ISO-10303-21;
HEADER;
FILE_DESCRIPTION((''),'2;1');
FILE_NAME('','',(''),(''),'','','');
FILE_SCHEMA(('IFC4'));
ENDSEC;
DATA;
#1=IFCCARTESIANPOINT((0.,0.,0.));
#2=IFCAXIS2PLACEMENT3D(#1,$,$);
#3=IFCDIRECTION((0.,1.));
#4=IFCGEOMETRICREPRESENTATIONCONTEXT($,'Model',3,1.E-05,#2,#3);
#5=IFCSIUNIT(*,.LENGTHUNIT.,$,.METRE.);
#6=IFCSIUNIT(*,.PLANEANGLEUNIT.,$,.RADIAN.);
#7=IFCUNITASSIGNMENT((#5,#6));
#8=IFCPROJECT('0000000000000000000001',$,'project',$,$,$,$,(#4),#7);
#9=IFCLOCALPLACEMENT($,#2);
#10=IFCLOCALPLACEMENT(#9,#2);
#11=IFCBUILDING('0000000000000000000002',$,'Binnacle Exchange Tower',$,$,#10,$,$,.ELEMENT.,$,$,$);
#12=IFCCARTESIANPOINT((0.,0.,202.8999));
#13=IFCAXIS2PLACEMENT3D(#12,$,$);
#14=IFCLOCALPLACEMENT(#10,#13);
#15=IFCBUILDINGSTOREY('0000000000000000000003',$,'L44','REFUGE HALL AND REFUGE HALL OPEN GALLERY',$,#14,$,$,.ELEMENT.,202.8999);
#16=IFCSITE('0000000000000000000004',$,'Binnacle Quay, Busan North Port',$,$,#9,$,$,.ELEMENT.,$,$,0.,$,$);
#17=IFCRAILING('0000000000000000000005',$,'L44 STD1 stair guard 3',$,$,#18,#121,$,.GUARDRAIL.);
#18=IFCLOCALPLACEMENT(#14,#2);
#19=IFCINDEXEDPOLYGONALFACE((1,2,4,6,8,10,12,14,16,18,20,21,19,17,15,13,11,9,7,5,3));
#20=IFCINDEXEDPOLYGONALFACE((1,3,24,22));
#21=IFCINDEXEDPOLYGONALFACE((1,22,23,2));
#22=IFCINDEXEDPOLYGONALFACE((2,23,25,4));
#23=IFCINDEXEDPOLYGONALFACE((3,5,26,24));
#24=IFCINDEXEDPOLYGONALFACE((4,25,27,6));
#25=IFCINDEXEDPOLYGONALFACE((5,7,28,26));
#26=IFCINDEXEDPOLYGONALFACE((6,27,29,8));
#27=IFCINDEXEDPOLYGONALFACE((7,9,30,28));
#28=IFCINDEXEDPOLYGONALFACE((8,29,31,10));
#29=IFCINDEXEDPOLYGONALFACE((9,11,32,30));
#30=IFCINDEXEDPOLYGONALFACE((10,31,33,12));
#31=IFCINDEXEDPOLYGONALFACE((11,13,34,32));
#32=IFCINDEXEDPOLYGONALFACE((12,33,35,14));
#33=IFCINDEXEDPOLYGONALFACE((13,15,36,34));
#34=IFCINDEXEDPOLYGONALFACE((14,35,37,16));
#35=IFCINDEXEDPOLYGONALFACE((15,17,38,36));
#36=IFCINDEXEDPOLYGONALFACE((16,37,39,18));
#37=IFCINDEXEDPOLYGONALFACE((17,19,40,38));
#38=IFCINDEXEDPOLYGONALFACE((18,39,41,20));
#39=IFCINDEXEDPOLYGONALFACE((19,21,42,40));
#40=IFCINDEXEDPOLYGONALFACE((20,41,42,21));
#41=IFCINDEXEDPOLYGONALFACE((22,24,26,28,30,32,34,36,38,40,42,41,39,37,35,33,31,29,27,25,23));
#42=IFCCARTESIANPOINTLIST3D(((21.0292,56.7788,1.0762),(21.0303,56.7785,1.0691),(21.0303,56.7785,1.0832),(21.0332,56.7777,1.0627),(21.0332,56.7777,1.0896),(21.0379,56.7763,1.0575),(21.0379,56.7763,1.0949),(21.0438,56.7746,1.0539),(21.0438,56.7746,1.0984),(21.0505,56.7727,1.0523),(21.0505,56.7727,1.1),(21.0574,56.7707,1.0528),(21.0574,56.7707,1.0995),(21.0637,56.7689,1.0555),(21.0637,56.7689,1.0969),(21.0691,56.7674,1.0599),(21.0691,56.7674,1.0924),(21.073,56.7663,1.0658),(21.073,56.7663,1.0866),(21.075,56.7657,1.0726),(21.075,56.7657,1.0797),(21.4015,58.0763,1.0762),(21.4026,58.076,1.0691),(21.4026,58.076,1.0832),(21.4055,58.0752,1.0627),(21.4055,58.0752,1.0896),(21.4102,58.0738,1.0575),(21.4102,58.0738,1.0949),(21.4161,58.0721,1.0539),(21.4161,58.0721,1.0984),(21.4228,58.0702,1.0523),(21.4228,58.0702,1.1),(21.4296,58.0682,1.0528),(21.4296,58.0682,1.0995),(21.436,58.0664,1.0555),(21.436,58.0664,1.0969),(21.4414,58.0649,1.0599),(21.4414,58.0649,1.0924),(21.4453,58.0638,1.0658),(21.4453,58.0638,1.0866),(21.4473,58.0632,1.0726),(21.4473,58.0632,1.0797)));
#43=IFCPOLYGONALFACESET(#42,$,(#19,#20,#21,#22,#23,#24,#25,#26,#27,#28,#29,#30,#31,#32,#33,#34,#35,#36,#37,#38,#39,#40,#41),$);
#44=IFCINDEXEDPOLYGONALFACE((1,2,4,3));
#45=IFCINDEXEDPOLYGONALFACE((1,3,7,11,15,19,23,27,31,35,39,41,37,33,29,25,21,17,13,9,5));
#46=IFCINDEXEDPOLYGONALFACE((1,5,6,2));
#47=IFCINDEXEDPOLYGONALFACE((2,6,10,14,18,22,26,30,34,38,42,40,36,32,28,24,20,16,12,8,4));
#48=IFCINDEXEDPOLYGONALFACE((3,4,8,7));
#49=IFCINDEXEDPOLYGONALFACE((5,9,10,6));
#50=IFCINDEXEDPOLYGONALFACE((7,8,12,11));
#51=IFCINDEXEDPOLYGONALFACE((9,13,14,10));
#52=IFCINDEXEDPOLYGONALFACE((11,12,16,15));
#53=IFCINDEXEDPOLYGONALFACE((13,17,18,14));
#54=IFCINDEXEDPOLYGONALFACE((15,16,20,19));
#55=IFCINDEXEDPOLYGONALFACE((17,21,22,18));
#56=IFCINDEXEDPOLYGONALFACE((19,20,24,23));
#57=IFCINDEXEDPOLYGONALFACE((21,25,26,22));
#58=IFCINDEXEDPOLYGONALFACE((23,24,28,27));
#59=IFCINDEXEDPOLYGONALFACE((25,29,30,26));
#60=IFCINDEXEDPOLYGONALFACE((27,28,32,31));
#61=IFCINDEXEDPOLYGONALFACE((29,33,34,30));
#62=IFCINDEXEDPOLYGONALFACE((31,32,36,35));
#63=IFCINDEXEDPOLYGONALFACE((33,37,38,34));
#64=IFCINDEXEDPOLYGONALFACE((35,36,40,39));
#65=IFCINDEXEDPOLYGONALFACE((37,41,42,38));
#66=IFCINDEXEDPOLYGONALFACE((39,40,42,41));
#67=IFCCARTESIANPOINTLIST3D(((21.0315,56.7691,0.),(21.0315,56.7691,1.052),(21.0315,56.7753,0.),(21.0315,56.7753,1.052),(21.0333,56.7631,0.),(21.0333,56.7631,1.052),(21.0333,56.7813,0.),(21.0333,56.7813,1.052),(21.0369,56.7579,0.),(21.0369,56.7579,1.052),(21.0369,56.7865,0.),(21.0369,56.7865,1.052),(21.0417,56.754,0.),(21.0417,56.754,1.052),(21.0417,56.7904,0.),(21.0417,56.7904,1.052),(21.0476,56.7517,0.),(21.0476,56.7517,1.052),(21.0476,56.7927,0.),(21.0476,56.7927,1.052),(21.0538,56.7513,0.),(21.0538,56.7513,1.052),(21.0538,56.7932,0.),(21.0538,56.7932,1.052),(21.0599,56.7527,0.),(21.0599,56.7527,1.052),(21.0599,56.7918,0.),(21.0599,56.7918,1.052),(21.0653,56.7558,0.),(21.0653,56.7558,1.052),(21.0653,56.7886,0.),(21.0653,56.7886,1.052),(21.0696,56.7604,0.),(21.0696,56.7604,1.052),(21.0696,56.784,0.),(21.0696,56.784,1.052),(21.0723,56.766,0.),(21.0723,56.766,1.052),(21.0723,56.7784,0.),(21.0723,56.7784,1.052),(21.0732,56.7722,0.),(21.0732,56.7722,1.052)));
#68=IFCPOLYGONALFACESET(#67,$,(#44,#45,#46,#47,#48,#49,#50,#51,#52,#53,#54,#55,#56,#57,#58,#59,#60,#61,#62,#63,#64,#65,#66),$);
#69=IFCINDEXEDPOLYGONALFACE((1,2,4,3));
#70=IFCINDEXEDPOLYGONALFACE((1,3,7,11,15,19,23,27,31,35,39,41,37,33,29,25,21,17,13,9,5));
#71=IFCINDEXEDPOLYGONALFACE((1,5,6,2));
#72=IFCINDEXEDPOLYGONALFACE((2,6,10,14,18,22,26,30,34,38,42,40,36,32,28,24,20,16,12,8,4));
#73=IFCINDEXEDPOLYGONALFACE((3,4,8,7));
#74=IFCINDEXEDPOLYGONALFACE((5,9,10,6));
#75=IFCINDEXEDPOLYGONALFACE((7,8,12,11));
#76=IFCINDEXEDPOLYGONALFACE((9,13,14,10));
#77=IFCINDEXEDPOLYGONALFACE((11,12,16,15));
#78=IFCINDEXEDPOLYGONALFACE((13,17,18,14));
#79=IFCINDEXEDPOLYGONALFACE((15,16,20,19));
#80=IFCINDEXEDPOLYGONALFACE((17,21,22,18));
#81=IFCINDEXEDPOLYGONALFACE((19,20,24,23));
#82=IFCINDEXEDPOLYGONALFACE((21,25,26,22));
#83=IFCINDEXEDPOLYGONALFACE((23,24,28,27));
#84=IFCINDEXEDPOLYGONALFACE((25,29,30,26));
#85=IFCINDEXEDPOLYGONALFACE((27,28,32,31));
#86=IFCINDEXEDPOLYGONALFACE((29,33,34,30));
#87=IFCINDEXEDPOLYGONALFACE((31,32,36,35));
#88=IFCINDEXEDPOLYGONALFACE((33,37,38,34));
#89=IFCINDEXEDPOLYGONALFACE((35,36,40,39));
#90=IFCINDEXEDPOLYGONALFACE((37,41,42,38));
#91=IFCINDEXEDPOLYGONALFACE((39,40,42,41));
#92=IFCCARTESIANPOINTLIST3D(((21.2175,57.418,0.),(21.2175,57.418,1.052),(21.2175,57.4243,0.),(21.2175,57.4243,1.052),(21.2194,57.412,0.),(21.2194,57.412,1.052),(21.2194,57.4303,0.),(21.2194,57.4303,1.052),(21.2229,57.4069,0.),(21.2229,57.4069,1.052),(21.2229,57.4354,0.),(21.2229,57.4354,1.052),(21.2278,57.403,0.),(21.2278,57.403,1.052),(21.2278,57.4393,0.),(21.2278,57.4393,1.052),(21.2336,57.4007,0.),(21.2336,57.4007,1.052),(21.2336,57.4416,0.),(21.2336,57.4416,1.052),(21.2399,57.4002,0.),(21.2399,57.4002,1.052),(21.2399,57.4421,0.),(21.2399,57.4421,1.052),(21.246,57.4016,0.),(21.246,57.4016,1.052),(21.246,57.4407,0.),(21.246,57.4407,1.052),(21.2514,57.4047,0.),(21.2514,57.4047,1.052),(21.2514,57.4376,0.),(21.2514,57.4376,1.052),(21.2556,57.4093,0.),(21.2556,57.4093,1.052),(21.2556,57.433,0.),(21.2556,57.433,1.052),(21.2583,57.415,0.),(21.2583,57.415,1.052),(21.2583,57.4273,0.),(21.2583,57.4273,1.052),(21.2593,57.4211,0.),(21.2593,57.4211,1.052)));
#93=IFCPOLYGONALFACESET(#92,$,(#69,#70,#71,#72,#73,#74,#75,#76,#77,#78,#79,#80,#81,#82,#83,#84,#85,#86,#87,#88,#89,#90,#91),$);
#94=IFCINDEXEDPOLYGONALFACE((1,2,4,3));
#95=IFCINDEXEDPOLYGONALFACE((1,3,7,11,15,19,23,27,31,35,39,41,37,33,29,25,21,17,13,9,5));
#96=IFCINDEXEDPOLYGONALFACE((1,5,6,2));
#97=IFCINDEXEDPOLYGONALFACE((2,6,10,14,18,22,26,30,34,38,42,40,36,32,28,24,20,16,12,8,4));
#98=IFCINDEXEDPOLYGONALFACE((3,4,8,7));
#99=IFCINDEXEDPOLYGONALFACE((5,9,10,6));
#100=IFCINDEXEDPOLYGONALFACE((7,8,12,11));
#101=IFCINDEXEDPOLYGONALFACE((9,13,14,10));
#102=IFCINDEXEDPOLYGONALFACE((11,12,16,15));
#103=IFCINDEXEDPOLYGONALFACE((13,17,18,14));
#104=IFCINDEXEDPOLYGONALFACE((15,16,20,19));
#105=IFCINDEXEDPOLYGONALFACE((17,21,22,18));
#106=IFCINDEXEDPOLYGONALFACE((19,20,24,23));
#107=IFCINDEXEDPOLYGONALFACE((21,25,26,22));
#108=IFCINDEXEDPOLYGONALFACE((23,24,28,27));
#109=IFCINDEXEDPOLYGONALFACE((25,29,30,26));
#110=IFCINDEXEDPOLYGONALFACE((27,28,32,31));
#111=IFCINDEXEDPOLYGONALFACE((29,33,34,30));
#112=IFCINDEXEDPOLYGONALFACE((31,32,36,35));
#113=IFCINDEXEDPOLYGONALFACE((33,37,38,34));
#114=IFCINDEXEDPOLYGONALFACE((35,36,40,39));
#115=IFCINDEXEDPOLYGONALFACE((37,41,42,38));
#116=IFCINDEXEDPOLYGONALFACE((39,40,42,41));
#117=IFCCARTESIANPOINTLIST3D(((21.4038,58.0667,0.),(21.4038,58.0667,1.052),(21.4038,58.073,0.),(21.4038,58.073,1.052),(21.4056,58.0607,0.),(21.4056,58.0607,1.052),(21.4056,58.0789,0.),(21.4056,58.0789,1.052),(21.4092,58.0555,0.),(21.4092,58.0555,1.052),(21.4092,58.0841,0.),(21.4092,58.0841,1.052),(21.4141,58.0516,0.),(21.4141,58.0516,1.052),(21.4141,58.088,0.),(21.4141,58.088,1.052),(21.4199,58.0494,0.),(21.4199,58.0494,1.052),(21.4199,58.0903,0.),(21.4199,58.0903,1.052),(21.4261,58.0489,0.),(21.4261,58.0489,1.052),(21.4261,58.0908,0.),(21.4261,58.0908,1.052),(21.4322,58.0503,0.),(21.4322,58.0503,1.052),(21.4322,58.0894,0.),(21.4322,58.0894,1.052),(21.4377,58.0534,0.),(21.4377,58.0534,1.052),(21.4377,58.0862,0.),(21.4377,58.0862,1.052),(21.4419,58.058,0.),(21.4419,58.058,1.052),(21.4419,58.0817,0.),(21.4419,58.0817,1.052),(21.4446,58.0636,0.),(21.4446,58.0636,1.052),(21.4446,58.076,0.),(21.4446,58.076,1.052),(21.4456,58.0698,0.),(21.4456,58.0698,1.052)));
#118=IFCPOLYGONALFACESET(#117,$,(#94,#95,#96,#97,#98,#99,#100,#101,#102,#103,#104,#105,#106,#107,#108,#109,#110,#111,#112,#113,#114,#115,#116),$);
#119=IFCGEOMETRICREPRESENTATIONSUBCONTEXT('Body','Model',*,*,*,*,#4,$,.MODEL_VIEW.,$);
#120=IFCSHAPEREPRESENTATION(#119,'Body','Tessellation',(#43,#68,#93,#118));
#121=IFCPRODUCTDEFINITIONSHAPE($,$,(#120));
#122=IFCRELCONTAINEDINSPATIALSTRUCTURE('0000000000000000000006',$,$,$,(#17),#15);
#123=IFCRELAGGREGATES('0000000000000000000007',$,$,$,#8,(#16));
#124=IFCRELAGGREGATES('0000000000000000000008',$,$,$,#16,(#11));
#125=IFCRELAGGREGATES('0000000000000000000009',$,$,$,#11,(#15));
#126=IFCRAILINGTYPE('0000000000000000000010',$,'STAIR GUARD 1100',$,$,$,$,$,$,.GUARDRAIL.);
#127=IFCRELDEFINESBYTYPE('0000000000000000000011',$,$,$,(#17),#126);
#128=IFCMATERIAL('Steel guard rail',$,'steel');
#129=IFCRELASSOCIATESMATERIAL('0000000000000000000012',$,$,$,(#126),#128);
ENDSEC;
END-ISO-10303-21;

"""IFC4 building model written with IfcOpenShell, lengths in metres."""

from ifc_helpers import new_model, si_unit, direction, frame, origin, origin_2d, place, context, subcontext, project, spatial, circle, extrude, material, type_object, element, save


model = new_model("IFC4")

# Units and contexts
model_context = context("Model", 3, precision=1e-05, world=origin(), true_north=direction((0.0, 1.0)))
body_context = subcontext(model_context, "Body", "Model", "MODEL_VIEW")
ifc_project = project(units=[si_unit("LENGTHUNIT", "METRE"), si_unit("PLANEANGLEUNIT", "RADIAN")], contexts=[model_context])

# Site, building, storey
site_placement = place(None, origin())
site = spatial("IfcSite", under=ifc_project, at=site_placement, Name="Binnacle Quay, Busan North Port", CompositionType="ELEMENT", RefElevation=0.0)
building_placement = place(site_placement, origin())
building = spatial("IfcBuilding", under=site, at=building_placement, Name="Binnacle Exchange Tower", CompositionType="ELEMENT")
storey_placement = place(building_placement, frame((0.0, 0.0, 202.8999)))
storey = spatial("IfcBuildingStorey", under=building, at=storey_placement, Name="L44", Description="REFUGE HALL AND REFUGE HALL OPEN GALLERY", CompositionType="ELEMENT", Elevation=202.8999)

# Railing
ifc_material_1 = material(Name="Steel guard rail", Category="steel")
railing_type_1 = type_object("IfcRailingType", Name="STAIR GUARD 1100", PredefinedType="GUARDRAIL", material=ifc_material_1)
railing_1_placement = place(storey_placement, frame((21.0522, 56.7722, 0.0)))
element("IfcRailing", 1, at=railing_1_placement, inside=storey, type_object=railing_type_1, Name="L44 STD1 stair guard 3", PredefinedType="GUARDRAIL", context=body_context, shape_type="SweptSolid", body=[
    extrude(circle(Radius=0.0239, at=origin_2d()), frame((0.0, 0.0, 1.0762), z_axis=(0.275796, 0.961216, 0.0), x_axis=(-0.961216, 0.275796, 0.0)), (0.0, 0.0, 1.0), 1.3499),
    extrude(circle(Radius=0.021, at=origin_2d()), origin(), (0.0, 0.0, 1.0), 1.052),
    extrude(circle(Radius=0.021, at=origin_2d()), frame((0.186, 0.6489, 0.0)), (0.0, 0.0, 1.0), 1.052),
    extrude(circle(Radius=0.021, at=origin_2d()), frame((0.3723, 1.2976, 0.0)), (0.0, 0.0, 1.0), 1.052),
])

save(model, "model.ifc")
